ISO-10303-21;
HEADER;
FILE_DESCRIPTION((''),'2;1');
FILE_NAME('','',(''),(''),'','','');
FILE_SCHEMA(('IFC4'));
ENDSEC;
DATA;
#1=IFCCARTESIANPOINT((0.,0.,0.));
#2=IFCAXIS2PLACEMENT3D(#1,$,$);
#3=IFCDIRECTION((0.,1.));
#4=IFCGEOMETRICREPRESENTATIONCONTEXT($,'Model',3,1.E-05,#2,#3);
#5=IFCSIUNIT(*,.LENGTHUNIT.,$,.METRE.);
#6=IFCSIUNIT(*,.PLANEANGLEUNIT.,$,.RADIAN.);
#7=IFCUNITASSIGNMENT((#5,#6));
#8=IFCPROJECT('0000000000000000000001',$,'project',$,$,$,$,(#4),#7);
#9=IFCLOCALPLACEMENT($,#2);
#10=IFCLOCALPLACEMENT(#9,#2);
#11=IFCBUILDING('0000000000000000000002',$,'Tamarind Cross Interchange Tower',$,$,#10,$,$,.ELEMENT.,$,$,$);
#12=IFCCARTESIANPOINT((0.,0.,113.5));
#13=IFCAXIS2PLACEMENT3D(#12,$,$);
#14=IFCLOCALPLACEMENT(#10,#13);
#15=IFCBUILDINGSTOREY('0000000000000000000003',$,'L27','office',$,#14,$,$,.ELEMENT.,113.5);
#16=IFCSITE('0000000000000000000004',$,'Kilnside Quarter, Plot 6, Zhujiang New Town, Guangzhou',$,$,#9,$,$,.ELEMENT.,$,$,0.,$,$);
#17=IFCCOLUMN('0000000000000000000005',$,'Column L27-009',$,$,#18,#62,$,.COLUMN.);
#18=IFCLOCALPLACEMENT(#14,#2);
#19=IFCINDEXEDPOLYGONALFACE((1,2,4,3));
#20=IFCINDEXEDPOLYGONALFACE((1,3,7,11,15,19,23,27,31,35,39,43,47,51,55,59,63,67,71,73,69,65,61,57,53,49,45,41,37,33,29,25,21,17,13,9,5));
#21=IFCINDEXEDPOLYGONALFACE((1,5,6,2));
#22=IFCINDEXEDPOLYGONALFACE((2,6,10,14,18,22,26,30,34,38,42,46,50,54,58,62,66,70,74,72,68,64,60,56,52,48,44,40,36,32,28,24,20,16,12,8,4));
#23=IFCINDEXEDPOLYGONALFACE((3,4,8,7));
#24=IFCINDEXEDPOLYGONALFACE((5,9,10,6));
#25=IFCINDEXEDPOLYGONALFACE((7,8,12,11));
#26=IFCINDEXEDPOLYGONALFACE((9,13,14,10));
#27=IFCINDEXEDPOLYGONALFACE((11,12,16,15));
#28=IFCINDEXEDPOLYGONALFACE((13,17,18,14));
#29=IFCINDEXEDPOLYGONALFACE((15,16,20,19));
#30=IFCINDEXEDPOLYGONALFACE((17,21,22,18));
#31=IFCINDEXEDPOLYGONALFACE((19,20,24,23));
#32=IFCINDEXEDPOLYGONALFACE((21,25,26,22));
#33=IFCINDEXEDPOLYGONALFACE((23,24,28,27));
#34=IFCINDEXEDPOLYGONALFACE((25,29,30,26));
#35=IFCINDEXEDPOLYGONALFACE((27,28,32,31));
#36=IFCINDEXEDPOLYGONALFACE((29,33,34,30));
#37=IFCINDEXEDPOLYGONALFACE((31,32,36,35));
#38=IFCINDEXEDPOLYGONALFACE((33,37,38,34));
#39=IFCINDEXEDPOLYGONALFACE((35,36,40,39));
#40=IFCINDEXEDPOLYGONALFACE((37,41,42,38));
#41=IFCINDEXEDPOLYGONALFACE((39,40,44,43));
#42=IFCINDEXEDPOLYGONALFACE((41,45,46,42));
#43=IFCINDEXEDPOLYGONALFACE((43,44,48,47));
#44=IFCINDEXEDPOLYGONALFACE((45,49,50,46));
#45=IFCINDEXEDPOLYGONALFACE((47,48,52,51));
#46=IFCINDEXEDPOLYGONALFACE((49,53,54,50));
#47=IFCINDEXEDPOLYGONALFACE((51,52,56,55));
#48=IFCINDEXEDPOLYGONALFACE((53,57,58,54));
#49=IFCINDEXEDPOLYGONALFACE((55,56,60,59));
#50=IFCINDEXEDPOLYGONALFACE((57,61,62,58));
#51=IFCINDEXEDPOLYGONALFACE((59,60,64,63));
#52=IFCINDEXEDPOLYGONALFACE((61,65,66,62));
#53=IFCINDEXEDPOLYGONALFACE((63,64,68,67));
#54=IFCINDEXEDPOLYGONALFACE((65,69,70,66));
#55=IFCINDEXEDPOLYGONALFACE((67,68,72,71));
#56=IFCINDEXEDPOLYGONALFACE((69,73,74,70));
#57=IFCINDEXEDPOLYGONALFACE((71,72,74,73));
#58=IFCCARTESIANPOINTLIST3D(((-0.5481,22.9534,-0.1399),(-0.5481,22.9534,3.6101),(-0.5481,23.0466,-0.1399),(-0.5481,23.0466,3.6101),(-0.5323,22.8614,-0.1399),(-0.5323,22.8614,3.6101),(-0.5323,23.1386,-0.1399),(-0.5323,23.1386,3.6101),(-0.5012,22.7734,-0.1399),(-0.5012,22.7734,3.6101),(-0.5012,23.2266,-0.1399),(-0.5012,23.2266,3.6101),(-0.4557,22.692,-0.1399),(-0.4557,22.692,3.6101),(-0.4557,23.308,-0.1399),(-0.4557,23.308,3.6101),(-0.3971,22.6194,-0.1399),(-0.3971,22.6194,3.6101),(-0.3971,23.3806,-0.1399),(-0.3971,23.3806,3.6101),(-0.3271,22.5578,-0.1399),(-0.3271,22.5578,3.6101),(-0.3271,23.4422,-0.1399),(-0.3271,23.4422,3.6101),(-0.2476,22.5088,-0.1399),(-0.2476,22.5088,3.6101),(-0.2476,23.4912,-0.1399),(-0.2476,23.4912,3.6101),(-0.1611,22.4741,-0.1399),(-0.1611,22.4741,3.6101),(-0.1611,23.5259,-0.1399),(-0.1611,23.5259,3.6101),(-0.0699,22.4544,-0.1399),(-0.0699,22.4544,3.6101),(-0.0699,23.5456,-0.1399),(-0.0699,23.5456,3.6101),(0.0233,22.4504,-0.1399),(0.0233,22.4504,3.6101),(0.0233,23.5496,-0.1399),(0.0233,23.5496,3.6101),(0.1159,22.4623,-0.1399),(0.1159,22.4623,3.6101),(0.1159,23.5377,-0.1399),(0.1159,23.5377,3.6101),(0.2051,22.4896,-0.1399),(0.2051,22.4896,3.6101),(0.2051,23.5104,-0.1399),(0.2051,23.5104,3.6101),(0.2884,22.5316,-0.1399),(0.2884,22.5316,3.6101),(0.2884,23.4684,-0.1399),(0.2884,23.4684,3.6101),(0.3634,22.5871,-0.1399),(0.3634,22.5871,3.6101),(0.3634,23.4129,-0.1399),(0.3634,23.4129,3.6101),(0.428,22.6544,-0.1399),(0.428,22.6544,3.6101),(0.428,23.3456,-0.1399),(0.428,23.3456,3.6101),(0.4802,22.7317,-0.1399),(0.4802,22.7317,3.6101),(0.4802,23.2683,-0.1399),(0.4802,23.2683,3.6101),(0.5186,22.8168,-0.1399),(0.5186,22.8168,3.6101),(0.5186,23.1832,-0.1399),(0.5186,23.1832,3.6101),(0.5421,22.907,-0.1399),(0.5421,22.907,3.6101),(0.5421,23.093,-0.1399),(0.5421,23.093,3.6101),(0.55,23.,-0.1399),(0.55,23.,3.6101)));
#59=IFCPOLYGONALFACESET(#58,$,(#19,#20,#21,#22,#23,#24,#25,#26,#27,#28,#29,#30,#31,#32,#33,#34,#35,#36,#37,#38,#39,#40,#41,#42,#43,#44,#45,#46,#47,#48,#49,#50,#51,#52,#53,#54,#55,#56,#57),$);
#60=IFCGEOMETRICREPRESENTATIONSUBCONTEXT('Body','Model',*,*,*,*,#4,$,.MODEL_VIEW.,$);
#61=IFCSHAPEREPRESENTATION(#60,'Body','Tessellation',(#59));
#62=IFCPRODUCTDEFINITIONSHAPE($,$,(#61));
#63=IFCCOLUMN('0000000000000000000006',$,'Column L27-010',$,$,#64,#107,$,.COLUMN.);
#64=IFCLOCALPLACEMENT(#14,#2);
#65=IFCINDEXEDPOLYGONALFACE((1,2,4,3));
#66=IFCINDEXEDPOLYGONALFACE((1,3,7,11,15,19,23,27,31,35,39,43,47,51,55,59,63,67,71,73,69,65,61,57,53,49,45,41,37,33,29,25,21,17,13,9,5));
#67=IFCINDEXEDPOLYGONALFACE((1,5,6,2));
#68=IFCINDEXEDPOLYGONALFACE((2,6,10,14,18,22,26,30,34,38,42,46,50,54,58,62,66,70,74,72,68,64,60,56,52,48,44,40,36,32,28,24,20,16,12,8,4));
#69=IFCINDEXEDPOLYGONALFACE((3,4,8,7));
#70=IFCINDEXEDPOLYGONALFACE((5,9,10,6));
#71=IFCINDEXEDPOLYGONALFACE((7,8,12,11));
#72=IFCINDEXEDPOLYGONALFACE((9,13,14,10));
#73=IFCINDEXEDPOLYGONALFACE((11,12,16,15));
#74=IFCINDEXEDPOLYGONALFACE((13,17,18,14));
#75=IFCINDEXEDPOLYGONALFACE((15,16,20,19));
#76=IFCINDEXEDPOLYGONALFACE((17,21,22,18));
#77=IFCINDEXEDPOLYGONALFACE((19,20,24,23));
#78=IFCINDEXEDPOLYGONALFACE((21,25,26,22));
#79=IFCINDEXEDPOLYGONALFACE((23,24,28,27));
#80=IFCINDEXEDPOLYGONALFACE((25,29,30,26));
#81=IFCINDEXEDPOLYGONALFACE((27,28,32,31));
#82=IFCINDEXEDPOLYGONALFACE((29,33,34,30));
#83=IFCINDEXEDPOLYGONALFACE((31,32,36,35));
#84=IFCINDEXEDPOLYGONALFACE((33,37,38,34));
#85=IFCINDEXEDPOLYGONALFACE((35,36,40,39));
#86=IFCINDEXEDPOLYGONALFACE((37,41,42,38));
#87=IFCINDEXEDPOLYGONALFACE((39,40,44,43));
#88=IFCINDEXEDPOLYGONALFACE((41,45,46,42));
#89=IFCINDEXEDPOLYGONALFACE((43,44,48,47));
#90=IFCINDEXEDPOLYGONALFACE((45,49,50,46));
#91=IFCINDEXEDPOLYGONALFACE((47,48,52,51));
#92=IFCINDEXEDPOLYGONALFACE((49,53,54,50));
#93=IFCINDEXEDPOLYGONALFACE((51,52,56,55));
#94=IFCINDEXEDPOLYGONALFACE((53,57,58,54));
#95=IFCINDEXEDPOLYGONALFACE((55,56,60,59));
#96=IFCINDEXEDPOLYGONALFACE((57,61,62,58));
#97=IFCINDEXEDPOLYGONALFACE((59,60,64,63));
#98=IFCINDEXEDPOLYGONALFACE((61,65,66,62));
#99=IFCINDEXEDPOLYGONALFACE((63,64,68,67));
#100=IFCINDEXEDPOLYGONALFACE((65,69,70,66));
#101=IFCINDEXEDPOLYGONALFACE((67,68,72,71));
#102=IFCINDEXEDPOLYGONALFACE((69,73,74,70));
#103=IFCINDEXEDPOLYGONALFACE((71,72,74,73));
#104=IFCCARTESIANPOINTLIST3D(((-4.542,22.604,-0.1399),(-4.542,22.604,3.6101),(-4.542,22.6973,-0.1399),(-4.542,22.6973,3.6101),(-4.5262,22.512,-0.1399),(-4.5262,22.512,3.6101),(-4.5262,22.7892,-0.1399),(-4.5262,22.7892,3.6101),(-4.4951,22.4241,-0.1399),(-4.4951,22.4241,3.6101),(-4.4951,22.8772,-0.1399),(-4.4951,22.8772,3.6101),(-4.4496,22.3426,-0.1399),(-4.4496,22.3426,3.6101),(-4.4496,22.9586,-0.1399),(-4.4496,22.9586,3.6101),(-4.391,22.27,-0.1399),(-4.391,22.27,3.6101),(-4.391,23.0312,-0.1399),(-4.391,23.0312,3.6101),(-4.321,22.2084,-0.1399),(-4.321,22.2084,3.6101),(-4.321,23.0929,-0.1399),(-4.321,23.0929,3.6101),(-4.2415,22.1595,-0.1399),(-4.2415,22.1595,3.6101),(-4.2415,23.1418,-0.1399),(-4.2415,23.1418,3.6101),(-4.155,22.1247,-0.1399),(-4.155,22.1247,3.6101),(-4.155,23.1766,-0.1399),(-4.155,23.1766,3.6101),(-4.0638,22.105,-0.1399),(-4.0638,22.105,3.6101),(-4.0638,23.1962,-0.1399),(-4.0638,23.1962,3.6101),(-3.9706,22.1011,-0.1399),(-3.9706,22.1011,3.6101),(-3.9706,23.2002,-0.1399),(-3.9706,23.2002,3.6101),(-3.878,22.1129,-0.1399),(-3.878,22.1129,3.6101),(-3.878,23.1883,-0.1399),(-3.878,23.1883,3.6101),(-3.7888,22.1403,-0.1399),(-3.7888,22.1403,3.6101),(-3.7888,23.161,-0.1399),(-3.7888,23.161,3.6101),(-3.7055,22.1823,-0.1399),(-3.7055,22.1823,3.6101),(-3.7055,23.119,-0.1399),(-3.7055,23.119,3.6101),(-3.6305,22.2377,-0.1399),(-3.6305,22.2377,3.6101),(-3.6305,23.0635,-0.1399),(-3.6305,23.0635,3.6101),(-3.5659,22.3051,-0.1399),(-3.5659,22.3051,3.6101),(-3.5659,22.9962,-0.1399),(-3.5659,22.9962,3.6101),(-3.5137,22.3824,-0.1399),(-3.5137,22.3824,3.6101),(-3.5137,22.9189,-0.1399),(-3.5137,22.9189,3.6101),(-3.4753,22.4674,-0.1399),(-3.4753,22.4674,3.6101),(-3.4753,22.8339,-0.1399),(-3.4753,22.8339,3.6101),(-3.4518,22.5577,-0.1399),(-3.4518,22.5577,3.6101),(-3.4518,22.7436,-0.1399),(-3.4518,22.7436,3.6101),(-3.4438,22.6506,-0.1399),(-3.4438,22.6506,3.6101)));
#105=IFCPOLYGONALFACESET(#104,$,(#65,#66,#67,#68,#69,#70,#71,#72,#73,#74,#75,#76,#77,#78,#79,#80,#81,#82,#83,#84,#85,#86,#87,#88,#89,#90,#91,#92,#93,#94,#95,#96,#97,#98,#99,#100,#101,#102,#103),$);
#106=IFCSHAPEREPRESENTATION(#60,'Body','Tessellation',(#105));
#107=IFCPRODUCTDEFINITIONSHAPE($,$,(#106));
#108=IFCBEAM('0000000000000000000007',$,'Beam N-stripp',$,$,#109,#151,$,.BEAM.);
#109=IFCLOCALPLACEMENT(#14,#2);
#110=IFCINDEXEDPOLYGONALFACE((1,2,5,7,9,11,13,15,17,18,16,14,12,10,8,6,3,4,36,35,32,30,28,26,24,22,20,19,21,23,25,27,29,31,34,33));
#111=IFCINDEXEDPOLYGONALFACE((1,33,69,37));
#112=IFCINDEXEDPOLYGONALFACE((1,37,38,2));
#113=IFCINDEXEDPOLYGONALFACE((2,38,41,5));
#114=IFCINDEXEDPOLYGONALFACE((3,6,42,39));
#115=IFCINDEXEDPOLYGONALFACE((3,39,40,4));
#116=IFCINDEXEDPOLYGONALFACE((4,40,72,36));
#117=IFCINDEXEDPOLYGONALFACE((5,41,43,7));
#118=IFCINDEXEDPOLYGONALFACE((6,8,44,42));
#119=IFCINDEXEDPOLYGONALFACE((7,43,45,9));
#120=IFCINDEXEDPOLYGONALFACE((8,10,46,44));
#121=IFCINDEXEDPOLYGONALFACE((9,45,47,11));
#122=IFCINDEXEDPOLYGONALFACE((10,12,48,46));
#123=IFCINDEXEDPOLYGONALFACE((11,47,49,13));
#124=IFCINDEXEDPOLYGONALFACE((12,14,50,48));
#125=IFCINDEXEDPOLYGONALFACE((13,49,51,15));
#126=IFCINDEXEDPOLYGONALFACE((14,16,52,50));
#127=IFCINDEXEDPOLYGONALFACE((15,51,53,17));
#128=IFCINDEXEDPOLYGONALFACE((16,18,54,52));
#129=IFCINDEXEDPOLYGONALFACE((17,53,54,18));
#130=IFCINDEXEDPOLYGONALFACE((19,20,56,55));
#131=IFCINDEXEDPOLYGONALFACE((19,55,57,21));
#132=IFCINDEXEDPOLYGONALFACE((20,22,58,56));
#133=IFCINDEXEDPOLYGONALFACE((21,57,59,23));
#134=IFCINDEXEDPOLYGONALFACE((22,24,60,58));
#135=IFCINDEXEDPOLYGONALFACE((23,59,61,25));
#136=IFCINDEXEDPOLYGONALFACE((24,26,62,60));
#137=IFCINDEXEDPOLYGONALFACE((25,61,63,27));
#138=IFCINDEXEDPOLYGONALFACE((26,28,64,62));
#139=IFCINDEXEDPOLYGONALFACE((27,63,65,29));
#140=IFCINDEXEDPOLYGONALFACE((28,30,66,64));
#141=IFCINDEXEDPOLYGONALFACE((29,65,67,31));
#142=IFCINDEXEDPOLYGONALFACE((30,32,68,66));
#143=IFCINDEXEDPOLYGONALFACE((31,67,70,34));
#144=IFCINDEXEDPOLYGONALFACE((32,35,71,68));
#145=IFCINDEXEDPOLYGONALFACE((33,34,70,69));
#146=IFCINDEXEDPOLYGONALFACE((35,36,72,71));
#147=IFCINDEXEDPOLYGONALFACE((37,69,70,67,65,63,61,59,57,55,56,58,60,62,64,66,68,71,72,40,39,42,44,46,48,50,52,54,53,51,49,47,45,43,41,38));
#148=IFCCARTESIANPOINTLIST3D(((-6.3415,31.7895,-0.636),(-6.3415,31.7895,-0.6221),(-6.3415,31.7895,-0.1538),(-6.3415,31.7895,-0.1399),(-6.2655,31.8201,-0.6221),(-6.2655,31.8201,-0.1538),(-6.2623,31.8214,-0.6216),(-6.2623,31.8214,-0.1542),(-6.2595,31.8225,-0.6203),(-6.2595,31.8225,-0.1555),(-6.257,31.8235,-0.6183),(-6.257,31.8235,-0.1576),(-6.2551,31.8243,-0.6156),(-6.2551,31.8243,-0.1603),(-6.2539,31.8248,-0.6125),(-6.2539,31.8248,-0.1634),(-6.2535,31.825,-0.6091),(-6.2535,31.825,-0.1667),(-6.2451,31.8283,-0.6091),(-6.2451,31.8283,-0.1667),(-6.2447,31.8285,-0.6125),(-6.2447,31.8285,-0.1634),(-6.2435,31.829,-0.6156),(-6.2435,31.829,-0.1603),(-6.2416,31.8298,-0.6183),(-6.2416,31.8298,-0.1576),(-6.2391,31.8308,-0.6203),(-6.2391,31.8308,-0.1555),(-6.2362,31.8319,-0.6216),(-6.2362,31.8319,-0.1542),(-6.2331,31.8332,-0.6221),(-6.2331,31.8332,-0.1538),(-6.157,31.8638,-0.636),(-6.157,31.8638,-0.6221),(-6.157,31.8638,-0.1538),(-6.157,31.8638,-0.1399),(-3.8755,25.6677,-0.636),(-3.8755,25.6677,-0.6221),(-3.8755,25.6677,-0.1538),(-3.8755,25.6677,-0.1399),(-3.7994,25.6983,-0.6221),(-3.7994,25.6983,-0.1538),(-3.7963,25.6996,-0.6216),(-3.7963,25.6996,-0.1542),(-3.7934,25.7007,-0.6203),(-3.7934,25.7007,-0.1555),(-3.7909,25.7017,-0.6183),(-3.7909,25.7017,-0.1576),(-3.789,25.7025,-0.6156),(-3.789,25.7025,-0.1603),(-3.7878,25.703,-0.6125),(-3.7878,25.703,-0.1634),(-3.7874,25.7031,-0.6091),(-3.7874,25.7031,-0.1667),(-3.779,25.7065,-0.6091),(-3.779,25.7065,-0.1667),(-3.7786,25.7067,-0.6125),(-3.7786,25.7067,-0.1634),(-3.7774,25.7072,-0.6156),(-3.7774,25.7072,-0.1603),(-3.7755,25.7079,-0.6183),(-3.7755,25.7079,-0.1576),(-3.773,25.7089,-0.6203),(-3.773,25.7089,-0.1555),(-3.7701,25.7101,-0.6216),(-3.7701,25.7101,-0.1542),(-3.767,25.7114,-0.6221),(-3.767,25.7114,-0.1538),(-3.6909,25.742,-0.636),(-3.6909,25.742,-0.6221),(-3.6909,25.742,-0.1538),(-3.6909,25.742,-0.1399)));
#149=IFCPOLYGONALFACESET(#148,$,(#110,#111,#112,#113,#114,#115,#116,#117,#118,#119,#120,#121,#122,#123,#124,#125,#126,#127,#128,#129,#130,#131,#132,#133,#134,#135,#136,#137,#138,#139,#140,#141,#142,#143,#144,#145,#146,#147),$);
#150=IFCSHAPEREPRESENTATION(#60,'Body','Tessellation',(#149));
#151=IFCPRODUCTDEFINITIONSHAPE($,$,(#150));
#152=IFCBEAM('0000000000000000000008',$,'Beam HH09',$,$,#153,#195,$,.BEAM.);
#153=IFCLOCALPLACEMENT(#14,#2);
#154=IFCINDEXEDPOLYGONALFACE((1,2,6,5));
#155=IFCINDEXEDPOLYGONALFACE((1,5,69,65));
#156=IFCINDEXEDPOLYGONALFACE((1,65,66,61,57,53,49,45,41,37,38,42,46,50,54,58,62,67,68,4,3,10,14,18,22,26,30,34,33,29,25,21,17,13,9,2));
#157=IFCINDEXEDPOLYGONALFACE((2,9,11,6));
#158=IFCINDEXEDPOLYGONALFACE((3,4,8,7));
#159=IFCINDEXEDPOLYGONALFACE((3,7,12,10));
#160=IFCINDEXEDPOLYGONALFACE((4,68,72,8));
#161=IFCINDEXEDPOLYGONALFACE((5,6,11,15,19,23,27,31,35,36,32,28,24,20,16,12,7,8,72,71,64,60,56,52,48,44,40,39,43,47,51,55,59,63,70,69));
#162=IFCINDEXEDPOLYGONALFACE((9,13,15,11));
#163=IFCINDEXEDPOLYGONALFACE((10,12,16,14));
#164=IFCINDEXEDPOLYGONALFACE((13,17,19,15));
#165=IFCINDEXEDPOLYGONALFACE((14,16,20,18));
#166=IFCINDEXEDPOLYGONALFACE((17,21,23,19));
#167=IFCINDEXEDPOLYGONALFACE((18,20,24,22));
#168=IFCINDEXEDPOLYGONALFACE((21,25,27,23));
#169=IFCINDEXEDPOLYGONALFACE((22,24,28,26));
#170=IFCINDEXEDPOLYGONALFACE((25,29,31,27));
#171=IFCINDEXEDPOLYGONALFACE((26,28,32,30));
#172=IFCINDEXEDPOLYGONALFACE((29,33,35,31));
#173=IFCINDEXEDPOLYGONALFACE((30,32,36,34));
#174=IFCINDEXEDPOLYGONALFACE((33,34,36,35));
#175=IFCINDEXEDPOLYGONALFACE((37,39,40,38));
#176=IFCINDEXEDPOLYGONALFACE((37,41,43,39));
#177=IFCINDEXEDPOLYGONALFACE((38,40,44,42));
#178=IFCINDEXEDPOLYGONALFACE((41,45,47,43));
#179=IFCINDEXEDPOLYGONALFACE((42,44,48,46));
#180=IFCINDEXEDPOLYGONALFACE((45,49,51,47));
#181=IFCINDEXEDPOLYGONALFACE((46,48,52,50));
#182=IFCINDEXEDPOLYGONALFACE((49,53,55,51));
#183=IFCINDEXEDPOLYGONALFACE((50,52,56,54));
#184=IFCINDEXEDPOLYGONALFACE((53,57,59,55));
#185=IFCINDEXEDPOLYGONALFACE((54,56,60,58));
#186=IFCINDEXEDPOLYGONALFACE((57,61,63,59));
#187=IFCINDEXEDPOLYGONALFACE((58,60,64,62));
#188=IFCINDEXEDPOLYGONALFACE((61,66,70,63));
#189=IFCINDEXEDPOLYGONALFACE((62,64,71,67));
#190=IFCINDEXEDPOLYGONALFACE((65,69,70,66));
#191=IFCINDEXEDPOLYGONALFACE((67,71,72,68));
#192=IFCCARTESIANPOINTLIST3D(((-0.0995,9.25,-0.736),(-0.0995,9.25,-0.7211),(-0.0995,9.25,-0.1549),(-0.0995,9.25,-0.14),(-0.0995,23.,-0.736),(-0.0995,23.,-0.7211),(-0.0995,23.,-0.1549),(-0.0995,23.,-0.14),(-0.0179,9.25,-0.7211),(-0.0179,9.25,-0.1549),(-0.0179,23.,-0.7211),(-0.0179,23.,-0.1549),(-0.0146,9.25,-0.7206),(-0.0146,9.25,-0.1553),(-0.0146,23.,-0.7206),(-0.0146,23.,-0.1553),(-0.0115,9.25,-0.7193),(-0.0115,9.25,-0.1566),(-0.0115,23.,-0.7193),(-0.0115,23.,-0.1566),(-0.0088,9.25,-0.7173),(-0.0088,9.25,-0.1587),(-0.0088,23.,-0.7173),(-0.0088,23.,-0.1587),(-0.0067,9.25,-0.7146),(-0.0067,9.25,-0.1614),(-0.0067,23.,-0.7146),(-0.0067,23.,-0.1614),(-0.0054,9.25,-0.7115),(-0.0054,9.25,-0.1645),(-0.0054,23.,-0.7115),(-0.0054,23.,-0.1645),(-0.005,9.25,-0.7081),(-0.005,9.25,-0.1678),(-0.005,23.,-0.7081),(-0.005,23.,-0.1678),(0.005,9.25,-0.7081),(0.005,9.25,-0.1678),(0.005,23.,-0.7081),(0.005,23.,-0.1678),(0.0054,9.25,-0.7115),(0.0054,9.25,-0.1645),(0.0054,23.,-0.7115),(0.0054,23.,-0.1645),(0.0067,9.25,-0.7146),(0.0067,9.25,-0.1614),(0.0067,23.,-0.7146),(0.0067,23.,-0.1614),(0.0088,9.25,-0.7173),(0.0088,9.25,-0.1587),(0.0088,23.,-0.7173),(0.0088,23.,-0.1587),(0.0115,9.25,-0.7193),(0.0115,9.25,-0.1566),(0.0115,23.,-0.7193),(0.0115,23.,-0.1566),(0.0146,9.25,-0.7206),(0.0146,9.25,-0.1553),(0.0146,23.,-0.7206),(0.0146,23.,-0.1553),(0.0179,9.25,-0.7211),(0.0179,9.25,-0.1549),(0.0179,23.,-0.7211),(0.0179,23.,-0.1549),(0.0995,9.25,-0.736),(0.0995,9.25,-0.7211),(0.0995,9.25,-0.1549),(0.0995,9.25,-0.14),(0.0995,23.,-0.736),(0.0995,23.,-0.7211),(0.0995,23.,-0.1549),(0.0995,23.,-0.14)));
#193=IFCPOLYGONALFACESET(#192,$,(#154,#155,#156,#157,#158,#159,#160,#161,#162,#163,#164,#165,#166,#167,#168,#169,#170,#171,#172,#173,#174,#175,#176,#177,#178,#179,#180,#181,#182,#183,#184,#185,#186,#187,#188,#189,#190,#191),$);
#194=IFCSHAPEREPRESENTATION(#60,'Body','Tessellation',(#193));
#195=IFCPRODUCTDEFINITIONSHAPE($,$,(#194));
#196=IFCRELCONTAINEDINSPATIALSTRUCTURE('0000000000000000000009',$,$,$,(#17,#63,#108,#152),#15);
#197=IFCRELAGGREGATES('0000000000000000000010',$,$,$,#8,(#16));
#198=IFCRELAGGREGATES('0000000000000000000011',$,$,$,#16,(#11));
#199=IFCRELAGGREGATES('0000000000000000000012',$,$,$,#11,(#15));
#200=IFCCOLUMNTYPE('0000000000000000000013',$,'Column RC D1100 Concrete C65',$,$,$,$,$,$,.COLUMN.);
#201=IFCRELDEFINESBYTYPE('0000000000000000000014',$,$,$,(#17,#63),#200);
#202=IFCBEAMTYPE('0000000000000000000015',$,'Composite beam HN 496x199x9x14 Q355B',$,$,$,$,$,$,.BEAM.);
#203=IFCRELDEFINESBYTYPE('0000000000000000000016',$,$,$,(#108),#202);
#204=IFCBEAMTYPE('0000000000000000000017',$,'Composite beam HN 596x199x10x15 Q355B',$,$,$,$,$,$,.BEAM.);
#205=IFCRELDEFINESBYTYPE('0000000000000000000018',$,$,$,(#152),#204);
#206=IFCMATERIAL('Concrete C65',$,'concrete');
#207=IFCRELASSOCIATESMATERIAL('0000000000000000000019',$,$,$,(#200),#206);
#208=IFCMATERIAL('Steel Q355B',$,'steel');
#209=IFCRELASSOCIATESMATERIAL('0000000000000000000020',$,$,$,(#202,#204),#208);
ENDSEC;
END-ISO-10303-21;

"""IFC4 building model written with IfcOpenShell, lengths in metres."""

from ifc_helpers import new_model, si_unit, direction, frame, origin, origin_2d, place, context, subcontext, project, spatial, circle, i_section, extrude, material, material_profile, profile_set, type_object, element, save


model = new_model("IFC4")

# Units and contexts
model_context = context("Model", 3, precision=1e-05, world=origin(), true_north=direction((0.0, 1.0)))
body_context = subcontext(model_context, "Body", "Model", "MODEL_VIEW")
ifc_project = project(units=[si_unit("LENGTHUNIT", "METRE"), si_unit("PLANEANGLEUNIT", "RADIAN")], contexts=[model_context])

# Site, building, storey
site_placement = place(None, origin())
site = spatial("IfcSite", under=ifc_project, at=site_placement, Name="Kilnside Quarter, Plot 6, Zhujiang New Town, Guangzhou", CompositionType="ELEMENT", RefElevation=0.0)
building_placement = place(site_placement, origin())
building = spatial("IfcBuilding", under=site, at=building_placement, Name="Tamarind Cross Interchange Tower", CompositionType="ELEMENT")
storey_placement = place(building_placement, frame((0.0, 0.0, 113.5)))
storey = spatial("IfcBuildingStorey", under=building, at=storey_placement, Name="L27", Description="office", CompositionType="ELEMENT", Elevation=113.5)

# Columns
ifc_material_1 = material(Name="Concrete C65", Category="concrete")
ifc_material_profile_1 = material_profile(ifc_material_1, circle(Radius=0.55, at=origin_2d()), Name="RC D1100")
ifc_profile_set_1 = profile_set([ifc_material_profile_1], Name="Concrete C65")
column_type = type_object("IfcColumnType", Name="Column RC D1100 Concrete C65", PredefinedType="COLUMN", material=ifc_profile_set_1)
for number, where, z_axis, x_axis, name in (
    (1, (0.0, 23.0, -0.1399), (0.0, 0.0, 1.0), (1.0, 0.0, 0.0), "Column L27-009"),
    (2, (-3.9939, 22.6506, -0.1399), (0.0, 0.0, 1.0), (1.0, 0.0, 0.0), "Column L27-010"),
):
    element("IfcColumn", number, at=place(storey_placement, frame(where, z_axis=z_axis, x_axis=x_axis)), inside=storey, type_object=column_type, Name=name, PredefinedType="COLUMN", context=body_context, shape_type="SweptSolid", body=[
        extrude(circle(Radius=0.55, at=origin_2d()), origin(), (0.0, 0.0, 1.0), 3.75),
    ])

# Beams
ifc_material_2 = material(Name="Steel Q355B", Category="steel")
ifc_material_profile_2 = material_profile(ifc_material_2, i_section(OverallWidth=0.199, OverallDepth=0.4961, WebThickness=0.009, FlangeThickness=0.0139, FilletRadius=0.0129, at=origin_2d()), Name="HN 496x199x9x14")
ifc_profile_set_2 = profile_set([ifc_material_profile_2], Name="Steel Q355B")
beam_type_1 = type_object("IfcBeamType", Name="Composite beam HN 496x199x9x14 Q355B", PredefinedType="BEAM", material=ifc_profile_set_2)
beam_1_placement = place(storey_placement, frame((-3.7832, 25.7048, -0.3879), z_axis=(-0.373654, 0.927568, 0.0), x_axis=(-0.927568, -0.373654, 0.0)))
element("IfcBeam", 3, at=beam_1_placement, inside=storey, type_object=beam_type_1, Name="Beam N-stripp", PredefinedType="BEAM", context=body_context, shape_type="SweptSolid", body=[
    extrude(i_section(OverallWidth=0.199, OverallDepth=0.4961, WebThickness=0.009, FlangeThickness=0.0139, FilletRadius=0.0129, at=origin_2d()), origin(), (0.0, 0.0, 1.0), 6.5999),
])
ifc_material_profile_3 = material_profile(ifc_material_2, i_section(OverallWidth=0.199, OverallDepth=0.5959, WebThickness=0.01, FlangeThickness=0.0149, FilletRadius=0.0129, at=origin_2d()), Name="HN 596x199x10x15")
ifc_profile_set_3 = profile_set([ifc_material_profile_3], Name="Steel Q355B")
beam_type_2 = type_object("IfcBeamType", Name="Composite beam HN 596x199x10x15 Q355B", PredefinedType="BEAM", material=ifc_profile_set_3)
beam_2_placement = place(storey_placement, frame((0.0, 23.0, -0.438), z_axis=(0.0, -1.0, 0.0), x_axis=(1.0, 0.0, 0.0)))
element("IfcBeam", 4, at=beam_2_placement, inside=storey, type_object=beam_type_2, Name="Beam HH09", PredefinedType="BEAM", context=body_context, shape_type="SweptSolid", body=[
    extrude(i_section(OverallWidth=0.199, OverallDepth=0.5959, WebThickness=0.01, FlangeThickness=0.0149, FilletRadius=0.0129, at=origin_2d()), origin(), (0.0, 0.0, 1.0), 13.75),
])

save(model, "model.ifc")
